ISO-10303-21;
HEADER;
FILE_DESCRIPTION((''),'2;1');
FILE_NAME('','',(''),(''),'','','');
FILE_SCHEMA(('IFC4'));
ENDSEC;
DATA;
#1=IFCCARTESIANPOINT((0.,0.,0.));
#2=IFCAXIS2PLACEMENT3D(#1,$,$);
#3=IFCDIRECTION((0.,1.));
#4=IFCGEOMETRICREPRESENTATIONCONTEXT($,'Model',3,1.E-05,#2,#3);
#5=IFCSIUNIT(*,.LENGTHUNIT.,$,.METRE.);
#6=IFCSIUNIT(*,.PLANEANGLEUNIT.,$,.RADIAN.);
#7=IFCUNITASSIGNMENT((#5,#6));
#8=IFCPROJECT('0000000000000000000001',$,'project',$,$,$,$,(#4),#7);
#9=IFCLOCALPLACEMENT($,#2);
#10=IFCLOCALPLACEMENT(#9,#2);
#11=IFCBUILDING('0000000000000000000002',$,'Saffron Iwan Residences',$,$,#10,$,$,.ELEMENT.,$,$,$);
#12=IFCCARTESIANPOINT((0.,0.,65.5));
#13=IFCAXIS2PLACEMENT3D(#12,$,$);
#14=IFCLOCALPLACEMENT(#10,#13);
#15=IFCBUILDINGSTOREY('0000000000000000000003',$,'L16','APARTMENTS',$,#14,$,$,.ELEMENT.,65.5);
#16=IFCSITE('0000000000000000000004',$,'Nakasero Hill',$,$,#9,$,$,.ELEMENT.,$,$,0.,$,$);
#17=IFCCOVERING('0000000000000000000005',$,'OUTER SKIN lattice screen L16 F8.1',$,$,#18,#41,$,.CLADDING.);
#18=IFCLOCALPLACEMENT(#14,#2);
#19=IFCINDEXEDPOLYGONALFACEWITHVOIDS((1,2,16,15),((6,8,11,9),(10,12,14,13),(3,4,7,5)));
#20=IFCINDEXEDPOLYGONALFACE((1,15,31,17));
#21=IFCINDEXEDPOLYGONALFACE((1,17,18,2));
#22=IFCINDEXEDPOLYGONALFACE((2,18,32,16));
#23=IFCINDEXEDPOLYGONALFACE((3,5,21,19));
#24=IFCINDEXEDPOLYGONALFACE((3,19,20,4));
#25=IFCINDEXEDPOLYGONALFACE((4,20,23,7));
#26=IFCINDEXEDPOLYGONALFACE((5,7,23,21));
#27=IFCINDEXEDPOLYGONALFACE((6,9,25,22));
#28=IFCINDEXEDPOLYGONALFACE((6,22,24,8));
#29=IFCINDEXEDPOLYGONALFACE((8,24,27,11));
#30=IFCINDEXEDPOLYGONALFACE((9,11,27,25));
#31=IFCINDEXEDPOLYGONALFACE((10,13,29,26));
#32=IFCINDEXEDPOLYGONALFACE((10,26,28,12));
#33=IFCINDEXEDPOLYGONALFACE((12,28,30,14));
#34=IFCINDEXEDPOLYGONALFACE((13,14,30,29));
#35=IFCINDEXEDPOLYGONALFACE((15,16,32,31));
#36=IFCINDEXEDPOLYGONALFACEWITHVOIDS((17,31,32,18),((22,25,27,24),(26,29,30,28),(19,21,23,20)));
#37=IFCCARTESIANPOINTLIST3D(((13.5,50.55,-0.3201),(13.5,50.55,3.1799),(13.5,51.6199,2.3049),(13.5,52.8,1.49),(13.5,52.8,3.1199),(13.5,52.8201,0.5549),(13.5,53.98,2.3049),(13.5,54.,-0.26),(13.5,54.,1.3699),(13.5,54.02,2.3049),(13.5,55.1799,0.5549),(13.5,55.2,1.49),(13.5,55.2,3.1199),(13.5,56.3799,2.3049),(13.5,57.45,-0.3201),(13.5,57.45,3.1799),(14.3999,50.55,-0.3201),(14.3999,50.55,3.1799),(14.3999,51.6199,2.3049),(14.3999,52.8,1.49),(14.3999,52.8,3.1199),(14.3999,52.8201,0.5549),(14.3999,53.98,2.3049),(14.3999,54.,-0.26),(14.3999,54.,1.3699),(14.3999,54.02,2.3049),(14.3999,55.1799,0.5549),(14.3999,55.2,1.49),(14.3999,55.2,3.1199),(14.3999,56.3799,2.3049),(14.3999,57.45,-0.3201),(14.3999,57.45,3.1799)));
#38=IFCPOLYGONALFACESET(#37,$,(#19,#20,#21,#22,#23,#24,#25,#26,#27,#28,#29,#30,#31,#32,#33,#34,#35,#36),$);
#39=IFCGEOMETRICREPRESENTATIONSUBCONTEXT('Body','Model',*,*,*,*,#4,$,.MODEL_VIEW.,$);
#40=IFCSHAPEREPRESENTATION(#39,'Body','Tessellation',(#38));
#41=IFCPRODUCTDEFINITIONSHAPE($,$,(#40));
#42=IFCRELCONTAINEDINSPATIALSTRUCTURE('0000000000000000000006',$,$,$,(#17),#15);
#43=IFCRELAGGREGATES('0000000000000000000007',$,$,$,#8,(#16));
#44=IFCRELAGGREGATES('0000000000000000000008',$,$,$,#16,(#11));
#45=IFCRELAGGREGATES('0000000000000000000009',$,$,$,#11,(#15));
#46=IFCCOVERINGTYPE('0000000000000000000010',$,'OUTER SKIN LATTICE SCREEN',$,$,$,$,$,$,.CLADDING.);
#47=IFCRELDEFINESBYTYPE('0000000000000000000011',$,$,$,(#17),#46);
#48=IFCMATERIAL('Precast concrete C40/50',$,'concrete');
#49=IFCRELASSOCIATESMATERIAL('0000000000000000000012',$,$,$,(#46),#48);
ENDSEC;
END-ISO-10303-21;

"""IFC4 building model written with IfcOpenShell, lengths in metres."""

from ifc_helpers import new_model, si_unit, direction, frame, origin, place, context, subcontext, project, spatial, polyline, outline, extrude, material, type_object, element, save


model = new_model("IFC4")

# Units and contexts
model_context = context("Model", 3, precision=1e-05, world=origin(), true_north=direction((0.0, 1.0)))
body_context = subcontext(model_context, "Body", "Model", "MODEL_VIEW")
ifc_project = project(units=[si_unit("LENGTHUNIT", "METRE"), si_unit("PLANEANGLEUNIT", "RADIAN")], contexts=[model_context])

# Site, building, storey
site_placement = place(None, origin())
site = spatial("IfcSite", under=ifc_project, at=site_placement, Name="Nakasero Hill", CompositionType="ELEMENT", RefElevation=0.0)
building_placement = place(site_placement, origin())
building = spatial("IfcBuilding", under=site, at=building_placement, Name="Saffron Iwan Residences", CompositionType="ELEMENT")
storey_placement = place(building_placement, frame((0.0, 0.0, 65.5)))
storey = spatial("IfcBuildingStorey", under=building, at=storey_placement, Name="L16", Description="APARTMENTS", CompositionType="ELEMENT", Elevation=65.5)

# Covering
ifc_material_1 = material(Name="Precast concrete C40/50", Category="concrete")
covering_type = type_object("IfcCoveringType", Name="OUTER SKIN LATTICE SCREEN", PredefinedType="CLADDING", material=ifc_material_1)
covering_placement = place(storey_placement, frame((14.3999, 57.45, -0.3201), z_axis=(-1.0, 0.0, 0.0), x_axis=(0.0, -1.0, 0.0)))
element("IfcCovering", 1, at=covering_placement, inside=storey, type_object=covering_type, Name="OUTER SKIN lattice screen L16 F8.1", PredefinedType="CLADDING", context=body_context, shape_type="SweptSolid", body=[
    extrude(outline(polyline([(0.0, 0.0), (6.8999, 0.0), (6.8999, 3.5), (0.0, 3.5), (0.0, 0.0)]), holes=[polyline([(2.27, 0.875), (3.45, 0.0601), (4.6299, 0.875), (3.45, 1.6899), (2.27, 0.875)]), polyline([(1.0701, 2.625), (2.25, 1.8101), (3.4299, 2.625), (2.25, 3.4399), (1.0701, 2.625)]), polyline([(3.47, 2.625), (4.6499, 1.8101), (5.8301, 2.625), (4.6499, 3.4399), (3.47, 2.625)])]), origin(), (0.0, 0.0, 1.0), 0.8999),
])

save(model, "model.ifc")
